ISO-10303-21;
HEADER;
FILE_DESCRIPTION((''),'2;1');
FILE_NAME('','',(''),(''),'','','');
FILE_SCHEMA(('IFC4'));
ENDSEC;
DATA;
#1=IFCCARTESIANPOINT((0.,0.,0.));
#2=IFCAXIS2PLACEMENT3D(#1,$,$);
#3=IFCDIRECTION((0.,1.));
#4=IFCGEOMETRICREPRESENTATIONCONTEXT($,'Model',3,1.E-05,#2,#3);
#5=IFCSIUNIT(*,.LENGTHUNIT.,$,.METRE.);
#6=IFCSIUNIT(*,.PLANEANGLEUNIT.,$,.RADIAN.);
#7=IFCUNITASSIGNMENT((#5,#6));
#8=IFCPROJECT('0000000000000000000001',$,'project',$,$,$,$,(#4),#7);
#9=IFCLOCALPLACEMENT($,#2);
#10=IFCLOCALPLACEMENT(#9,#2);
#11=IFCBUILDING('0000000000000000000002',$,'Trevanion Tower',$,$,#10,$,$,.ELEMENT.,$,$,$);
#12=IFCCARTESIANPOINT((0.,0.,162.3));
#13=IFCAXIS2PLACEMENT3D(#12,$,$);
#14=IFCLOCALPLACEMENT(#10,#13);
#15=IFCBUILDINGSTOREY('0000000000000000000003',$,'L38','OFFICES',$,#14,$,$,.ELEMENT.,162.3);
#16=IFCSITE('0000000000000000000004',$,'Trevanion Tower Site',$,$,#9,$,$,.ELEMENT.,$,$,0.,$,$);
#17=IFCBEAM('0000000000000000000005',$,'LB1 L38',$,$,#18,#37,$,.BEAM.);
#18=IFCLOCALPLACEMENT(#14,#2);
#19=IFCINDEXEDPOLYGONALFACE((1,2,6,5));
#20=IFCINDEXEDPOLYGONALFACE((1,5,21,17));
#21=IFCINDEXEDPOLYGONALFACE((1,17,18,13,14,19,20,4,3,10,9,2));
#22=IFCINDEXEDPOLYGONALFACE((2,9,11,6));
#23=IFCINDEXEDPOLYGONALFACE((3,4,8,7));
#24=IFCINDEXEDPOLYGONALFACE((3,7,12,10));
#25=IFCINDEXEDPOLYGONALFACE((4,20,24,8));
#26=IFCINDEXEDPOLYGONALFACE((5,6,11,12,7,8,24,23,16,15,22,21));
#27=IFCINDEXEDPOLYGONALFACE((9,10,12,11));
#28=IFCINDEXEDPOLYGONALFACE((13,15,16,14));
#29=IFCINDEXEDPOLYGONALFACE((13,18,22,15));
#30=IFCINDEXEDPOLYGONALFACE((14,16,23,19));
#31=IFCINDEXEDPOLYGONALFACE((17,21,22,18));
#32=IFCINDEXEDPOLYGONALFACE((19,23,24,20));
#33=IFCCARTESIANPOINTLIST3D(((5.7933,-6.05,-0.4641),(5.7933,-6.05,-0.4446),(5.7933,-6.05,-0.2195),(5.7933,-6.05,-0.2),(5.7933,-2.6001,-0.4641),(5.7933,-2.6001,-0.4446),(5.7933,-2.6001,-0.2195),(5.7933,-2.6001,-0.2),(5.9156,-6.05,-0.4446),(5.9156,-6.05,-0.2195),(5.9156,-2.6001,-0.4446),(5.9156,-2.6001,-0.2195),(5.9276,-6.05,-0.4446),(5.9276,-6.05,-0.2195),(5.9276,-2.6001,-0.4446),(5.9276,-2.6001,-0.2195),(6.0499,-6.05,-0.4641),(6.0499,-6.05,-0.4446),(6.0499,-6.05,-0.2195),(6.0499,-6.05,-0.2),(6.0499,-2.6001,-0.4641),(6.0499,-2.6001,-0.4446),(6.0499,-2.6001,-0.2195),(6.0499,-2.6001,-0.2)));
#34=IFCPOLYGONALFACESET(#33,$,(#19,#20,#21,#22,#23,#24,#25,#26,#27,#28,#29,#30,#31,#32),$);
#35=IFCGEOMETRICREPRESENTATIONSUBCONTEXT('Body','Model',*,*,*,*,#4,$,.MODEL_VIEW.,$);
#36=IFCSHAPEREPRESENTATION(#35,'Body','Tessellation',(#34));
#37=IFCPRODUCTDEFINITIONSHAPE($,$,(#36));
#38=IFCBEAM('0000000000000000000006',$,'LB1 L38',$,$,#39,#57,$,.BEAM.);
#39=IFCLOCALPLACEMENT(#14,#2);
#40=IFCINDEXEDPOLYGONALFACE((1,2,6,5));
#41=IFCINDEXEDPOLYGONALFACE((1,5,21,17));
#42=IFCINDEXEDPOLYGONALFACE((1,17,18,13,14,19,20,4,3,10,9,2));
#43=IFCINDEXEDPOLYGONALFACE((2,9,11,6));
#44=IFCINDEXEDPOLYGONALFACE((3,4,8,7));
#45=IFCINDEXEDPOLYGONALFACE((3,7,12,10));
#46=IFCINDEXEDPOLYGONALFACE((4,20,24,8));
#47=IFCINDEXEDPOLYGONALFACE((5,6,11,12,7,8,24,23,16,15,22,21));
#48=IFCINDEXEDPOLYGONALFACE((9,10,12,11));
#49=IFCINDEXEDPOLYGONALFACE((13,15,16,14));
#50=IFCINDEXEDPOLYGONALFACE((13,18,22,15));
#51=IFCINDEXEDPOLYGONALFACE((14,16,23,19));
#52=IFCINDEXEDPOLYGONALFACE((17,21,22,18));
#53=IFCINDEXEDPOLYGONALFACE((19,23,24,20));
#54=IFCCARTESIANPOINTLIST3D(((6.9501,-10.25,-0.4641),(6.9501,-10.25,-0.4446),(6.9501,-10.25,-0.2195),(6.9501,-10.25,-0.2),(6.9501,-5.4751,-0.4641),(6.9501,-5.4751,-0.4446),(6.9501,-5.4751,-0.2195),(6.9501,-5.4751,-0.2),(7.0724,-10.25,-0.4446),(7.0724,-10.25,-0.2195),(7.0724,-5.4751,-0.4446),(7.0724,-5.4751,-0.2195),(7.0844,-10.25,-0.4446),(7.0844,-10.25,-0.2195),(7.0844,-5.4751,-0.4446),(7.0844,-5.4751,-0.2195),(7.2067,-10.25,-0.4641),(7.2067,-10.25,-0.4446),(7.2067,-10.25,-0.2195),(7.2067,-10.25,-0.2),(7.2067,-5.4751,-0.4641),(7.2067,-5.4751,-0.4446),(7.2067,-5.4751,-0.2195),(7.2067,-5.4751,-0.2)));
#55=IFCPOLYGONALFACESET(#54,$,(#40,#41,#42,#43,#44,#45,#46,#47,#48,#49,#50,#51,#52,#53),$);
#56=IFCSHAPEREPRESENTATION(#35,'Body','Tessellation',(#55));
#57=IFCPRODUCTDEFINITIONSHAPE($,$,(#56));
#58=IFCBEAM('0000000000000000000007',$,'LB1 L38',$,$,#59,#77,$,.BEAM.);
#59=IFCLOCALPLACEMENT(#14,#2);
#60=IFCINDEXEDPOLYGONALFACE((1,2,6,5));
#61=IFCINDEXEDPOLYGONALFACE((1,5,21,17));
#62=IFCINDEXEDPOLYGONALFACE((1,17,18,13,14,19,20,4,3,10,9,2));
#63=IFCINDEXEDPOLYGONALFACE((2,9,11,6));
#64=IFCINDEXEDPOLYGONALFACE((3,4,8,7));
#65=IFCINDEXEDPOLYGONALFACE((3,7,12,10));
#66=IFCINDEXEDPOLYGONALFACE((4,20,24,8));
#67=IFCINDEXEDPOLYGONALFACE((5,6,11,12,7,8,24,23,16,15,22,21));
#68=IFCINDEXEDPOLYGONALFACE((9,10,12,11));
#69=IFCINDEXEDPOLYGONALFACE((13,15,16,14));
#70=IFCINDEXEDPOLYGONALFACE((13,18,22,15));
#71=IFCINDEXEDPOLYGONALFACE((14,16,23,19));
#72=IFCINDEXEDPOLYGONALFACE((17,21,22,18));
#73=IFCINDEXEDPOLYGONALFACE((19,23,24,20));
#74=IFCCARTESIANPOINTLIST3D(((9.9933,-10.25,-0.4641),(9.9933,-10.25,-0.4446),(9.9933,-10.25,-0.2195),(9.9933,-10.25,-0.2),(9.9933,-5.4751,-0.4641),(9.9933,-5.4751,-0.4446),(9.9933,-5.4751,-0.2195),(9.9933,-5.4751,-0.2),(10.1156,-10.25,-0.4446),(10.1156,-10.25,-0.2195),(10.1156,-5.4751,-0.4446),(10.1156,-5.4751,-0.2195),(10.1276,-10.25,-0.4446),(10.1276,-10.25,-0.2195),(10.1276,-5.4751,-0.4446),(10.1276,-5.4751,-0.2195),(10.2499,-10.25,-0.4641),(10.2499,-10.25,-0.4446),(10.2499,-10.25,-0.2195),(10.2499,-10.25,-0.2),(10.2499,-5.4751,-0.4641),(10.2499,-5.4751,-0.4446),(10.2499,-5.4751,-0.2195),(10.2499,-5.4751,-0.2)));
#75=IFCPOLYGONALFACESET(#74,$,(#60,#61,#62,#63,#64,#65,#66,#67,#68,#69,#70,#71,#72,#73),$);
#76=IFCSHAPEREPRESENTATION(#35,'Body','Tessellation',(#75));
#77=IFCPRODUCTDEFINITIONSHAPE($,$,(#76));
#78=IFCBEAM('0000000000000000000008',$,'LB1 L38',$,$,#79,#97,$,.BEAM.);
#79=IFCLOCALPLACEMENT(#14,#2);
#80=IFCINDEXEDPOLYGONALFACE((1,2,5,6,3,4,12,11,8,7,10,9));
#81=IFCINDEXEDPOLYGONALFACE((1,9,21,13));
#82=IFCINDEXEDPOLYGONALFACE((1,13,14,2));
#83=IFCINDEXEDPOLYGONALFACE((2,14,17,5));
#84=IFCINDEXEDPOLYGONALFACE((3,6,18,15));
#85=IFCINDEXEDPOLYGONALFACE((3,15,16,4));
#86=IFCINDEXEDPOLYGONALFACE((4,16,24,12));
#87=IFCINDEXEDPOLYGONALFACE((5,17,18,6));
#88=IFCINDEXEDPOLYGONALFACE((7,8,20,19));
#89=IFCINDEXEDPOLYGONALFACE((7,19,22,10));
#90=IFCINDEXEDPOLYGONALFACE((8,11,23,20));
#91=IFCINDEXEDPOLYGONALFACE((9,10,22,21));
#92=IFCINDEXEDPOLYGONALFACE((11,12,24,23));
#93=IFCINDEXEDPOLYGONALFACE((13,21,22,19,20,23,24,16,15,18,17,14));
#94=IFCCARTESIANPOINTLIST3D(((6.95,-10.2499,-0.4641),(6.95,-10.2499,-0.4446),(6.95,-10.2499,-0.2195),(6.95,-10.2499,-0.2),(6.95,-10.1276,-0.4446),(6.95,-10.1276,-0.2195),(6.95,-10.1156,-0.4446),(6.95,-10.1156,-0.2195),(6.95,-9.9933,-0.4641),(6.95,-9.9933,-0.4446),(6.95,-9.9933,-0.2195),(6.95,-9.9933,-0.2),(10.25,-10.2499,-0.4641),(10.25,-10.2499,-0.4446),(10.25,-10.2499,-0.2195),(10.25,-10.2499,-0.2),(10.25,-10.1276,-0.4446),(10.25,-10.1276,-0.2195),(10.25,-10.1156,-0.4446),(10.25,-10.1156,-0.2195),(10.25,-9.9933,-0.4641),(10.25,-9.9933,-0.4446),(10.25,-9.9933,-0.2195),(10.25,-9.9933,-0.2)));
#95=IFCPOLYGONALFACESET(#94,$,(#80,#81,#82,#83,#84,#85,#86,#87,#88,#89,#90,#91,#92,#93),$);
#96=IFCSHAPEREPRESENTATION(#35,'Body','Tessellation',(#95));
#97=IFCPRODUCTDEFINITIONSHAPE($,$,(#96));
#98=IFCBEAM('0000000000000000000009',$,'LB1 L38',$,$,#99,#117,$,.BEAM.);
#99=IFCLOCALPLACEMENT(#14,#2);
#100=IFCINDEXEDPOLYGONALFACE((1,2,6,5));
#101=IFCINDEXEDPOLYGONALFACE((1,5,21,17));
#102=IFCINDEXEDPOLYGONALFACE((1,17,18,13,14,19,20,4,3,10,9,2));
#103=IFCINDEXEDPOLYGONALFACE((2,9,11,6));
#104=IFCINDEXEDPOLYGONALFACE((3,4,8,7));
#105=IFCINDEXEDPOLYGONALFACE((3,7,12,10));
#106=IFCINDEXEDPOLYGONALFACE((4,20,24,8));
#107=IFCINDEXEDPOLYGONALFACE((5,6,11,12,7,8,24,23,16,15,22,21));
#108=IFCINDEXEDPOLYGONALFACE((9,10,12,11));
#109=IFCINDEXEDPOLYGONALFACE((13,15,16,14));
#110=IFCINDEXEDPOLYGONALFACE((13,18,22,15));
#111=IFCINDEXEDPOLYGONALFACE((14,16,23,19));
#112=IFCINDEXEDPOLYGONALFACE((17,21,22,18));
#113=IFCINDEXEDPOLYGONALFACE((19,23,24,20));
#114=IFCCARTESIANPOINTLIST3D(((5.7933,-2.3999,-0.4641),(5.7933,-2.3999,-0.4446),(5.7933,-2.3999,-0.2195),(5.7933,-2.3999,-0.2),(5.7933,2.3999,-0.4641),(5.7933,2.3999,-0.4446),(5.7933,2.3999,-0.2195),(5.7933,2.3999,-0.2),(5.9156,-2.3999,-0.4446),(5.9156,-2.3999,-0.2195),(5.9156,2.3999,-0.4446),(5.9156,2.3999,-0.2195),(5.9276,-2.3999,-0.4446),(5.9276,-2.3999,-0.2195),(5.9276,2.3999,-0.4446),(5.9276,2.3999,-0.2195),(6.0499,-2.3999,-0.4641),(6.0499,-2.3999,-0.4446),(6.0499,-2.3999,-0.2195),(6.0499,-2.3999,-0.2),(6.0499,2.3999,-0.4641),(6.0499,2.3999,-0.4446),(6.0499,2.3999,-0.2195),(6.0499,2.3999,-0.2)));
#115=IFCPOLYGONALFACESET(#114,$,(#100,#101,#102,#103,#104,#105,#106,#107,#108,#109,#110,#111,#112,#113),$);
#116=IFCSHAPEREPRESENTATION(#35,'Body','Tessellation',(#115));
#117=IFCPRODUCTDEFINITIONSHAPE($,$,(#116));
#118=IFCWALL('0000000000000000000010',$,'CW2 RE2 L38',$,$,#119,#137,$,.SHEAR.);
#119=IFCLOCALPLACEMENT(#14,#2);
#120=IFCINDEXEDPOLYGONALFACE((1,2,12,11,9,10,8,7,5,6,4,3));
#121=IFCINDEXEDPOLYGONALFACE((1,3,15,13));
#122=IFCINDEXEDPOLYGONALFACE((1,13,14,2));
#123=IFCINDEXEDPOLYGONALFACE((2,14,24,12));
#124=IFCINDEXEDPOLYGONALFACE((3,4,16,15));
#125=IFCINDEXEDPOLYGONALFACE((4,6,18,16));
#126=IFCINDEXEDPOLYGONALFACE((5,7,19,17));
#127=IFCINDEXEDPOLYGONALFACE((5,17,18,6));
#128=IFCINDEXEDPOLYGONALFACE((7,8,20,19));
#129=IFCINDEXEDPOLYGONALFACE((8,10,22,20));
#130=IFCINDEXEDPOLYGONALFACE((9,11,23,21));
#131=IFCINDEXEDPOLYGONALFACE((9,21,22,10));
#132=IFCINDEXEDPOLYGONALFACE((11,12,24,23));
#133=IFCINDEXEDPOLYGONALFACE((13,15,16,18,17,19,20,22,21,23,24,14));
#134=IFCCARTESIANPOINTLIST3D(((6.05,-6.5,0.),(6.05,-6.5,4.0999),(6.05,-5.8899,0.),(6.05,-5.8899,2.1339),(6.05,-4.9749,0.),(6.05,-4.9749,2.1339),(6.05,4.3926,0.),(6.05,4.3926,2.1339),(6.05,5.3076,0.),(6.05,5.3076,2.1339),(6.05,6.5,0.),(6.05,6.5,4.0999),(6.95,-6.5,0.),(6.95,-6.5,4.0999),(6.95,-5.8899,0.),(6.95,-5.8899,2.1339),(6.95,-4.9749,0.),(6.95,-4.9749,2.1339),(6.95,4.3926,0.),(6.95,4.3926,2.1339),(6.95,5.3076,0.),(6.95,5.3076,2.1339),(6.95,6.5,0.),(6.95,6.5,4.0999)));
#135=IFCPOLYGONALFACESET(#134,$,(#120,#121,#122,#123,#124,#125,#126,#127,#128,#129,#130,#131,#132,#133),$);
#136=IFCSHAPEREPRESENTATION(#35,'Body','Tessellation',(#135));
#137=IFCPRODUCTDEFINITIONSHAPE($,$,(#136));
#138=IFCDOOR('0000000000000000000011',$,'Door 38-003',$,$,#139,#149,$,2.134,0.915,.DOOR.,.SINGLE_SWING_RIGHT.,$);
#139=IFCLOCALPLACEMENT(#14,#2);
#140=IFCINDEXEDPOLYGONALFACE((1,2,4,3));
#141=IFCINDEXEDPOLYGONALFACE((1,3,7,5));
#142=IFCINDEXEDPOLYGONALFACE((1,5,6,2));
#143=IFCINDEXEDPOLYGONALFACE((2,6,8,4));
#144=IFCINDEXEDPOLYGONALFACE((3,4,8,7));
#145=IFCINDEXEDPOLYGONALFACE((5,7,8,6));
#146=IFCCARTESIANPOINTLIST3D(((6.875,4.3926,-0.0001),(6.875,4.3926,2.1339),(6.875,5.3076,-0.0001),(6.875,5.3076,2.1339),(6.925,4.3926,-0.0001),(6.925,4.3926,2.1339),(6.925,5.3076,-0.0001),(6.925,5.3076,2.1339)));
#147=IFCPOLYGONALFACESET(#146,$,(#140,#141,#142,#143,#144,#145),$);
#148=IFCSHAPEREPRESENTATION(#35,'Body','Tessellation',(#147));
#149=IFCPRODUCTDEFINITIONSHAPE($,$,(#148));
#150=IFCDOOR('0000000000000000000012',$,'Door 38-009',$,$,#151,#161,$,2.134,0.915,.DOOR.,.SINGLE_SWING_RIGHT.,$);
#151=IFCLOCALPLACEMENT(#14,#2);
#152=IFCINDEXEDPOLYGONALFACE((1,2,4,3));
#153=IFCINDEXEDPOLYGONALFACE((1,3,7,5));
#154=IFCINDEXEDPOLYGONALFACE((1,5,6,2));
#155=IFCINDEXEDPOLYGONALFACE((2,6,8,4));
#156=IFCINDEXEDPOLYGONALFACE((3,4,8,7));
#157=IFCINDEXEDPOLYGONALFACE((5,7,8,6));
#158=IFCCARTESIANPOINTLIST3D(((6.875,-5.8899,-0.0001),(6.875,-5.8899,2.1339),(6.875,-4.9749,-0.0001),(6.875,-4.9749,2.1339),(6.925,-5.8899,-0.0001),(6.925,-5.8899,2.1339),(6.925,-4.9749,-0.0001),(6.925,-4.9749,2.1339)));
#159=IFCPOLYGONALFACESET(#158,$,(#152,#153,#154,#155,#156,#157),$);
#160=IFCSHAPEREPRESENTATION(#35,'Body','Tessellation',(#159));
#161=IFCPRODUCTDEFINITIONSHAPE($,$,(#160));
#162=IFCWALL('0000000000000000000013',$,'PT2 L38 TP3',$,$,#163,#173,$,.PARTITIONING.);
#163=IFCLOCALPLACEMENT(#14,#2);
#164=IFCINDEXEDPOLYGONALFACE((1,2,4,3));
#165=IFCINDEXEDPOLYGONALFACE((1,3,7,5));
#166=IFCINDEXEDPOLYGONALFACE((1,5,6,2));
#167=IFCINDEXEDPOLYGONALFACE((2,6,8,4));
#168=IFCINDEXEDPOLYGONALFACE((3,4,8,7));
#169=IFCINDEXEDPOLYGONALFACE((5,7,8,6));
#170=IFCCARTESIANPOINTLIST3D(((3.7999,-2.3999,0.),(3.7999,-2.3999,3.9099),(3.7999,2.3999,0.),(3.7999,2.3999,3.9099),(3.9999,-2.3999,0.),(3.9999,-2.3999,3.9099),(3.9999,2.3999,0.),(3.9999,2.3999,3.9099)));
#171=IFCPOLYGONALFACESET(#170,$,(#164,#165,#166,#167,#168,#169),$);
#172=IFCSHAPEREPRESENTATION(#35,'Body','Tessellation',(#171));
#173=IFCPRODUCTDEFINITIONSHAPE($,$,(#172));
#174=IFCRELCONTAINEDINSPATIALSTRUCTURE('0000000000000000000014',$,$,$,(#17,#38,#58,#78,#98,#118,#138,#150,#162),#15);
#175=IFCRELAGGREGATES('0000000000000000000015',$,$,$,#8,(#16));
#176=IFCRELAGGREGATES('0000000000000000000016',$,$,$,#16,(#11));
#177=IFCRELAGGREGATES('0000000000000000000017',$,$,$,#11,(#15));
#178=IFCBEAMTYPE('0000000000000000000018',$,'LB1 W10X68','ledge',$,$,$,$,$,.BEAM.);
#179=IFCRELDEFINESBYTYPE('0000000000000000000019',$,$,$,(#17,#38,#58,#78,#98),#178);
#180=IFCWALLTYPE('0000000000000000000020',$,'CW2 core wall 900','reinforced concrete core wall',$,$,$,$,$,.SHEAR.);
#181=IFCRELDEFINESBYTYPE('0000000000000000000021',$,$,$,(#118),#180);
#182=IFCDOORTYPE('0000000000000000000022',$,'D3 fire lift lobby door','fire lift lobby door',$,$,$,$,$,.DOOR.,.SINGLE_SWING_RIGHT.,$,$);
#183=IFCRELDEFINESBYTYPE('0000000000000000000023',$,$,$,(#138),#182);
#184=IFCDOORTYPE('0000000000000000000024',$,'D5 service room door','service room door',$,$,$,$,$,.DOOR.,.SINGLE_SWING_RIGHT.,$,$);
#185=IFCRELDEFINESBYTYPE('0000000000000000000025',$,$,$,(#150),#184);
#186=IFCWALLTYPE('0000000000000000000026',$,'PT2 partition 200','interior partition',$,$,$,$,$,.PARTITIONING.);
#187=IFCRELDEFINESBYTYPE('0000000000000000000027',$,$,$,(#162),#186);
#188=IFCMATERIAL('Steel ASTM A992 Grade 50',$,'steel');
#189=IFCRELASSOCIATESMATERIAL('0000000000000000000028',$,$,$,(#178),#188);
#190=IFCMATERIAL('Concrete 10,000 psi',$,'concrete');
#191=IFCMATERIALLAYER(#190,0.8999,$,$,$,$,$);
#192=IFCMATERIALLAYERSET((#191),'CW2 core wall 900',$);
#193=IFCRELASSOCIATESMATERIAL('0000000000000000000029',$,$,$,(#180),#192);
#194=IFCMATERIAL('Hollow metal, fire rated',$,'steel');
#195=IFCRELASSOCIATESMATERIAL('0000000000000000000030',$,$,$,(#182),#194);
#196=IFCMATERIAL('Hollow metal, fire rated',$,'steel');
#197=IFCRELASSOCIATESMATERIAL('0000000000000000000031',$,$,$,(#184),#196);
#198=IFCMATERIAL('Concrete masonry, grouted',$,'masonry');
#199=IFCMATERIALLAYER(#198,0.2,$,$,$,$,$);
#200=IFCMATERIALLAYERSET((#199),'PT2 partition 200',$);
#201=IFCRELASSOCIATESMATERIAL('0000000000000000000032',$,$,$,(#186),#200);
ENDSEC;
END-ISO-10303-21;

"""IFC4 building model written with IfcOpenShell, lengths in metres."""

from ifc_helpers import new_model, si_unit, direction, frame, frame_2d, origin, origin_2d, place, context, subcontext, project, spatial, rectangle, i_section, extrude, material, layer, layer_set, material_profile, profile_set, type_object, element, fill, save


model = new_model("IFC4")

# Units and contexts
model_context = context("Model", 3, precision=1e-05, world=origin(), true_north=direction((0.0, 1.0)))
body_context = subcontext(model_context, "Body", "Model", "MODEL_VIEW")
ifc_project = project(units=[si_unit("LENGTHUNIT", "METRE"), si_unit("PLANEANGLEUNIT", "RADIAN")], contexts=[model_context])

# Site, building, storey
site_placement = place(None, origin())
site = spatial("IfcSite", under=ifc_project, at=site_placement, Name="Trevanion Tower Site", CompositionType="ELEMENT", RefElevation=0.0)
building_placement = place(site_placement, origin())
building = spatial("IfcBuilding", under=site, at=building_placement, Name="Trevanion Tower", CompositionType="ELEMENT")
storey_placement = place(building_placement, frame((0.0, 0.0, 162.3)))
storey = spatial("IfcBuildingStorey", under=building, at=storey_placement, Name="L38", Description="OFFICES", CompositionType="ELEMENT", Elevation=162.3)

# Beams
ifc_material_1 = material(Name="Steel ASTM A992 Grade 50", Category="steel")
ifc_material_profile = material_profile(ifc_material_1, i_section(OverallWidth=0.2566, OverallDepth=0.2642, WebThickness=0.012, FlangeThickness=0.0195, at=origin_2d()), Name="W10X68")
ifc_profile_set = profile_set([ifc_material_profile], Name="Steel ASTM A992 Grade 50")
beam_type = type_object("IfcBeamType", Name="LB1 W10X68", Description="ledge", PredefinedType="BEAM", material=ifc_profile_set)
beam_1_placement = place(storey_placement, frame((5.9216, -6.05, -0.332), z_axis=(0.0, 1.0, 0.0), x_axis=(-1.0, 0.0, 0.0)))
element("IfcBeam", 1, at=beam_1_placement, inside=storey, type_object=beam_type, Name="LB1 L38", PredefinedType="BEAM", context=body_context, shape_type="SweptSolid", body=[
    extrude(i_section(OverallWidth=0.2566, OverallDepth=0.2642, WebThickness=0.012, FlangeThickness=0.0195, at=origin_2d()), origin(), (0.0, 0.0, 1.0), 3.45),
])
for number, where, z_axis, x_axis, name in (
    (2, (7.0784, -10.25, -0.332), (0.0, 1.0, 0.0), (-1.0, 0.0, 0.0), "LB1 L38"),
    (3, (10.1216, -10.25, -0.332), (0.0, 1.0, 0.0), (-1.0, 0.0, 0.0), "LB1 L38"),
):
    element("IfcBeam", number, at=place(storey_placement, frame(where, z_axis=z_axis, x_axis=x_axis)), inside=storey, type_object=beam_type, Name=name, PredefinedType="BEAM", context=body_context, shape_type="SweptSolid", body=[
        extrude(i_section(OverallWidth=0.2566, OverallDepth=0.2642, WebThickness=0.012, FlangeThickness=0.0195, at=origin_2d()), origin(), (0.0, 0.0, 1.0), 4.7749),
    ])
beam_2_placement = place(storey_placement, frame((6.95, -10.1216, -0.332), z_axis=(1.0, 0.0, 0.0), x_axis=(0.0, 1.0, 0.0)))
element("IfcBeam", 4, at=beam_2_placement, inside=storey, type_object=beam_type, Name="LB1 L38", PredefinedType="BEAM", context=body_context, shape_type="SweptSolid", body=[
    extrude(i_section(OverallWidth=0.2566, OverallDepth=0.2642, WebThickness=0.012, FlangeThickness=0.0195, at=origin_2d()), origin(), (0.0, 0.0, 1.0), 3.3),
])
beam_3_placement = place(storey_placement, frame((5.9216, -2.3999, -0.332), z_axis=(0.0, 1.0, 0.0), x_axis=(-1.0, 0.0, 0.0)))
element("IfcBeam", 5, at=beam_3_placement, inside=storey, type_object=beam_type, Name="LB1 L38", PredefinedType="BEAM", context=body_context, shape_type="SweptSolid", body=[
    extrude(i_section(OverallWidth=0.2566, OverallDepth=0.2642, WebThickness=0.012, FlangeThickness=0.0195, at=origin_2d()), origin(), (0.0, 0.0, 1.0), 4.7998),
])

# Wall, openings, doors
ifc_material_2 = material(Name="Concrete 10,000 psi", Category="concrete")
ifc_layer_1 = layer(ifc_material_2, 0.8999)
ifc_layer_set_1 = layer_set([ifc_layer_1], Name="CW2 core wall 900")
wall_type_1 = type_object("IfcWallType", Name="CW2 core wall 900", Description="reinforced concrete core wall", PredefinedType="SHEAR", material=ifc_layer_set_1)
wall_1_placement = place(storey_placement, frame((6.5, -6.5, 0.0), z_axis=(0.0, 0.0, 1.0), x_axis=(0.0, 1.0, 0.0)))
wall_1 = element("IfcWall", 6, at=wall_1_placement, inside=storey, type_object=wall_type_1, Name="CW2 RE2 L38", PredefinedType="SHEAR", context=body_context, shape_type="SweptSolid", body=[
    extrude(rectangle(XDim=13.0, YDim=0.8999, at=frame_2d((6.5, 0.0))), origin(), (0.0, 0.0, 1.0), 4.0999),
])
opening_1_placement = place(wall_1_placement, frame((10.8926, 0.0, 0.0)))
opening_1 = element("IfcOpeningElement", 7, at=opening_1_placement, cuts=wall_1, PredefinedType="OPENING", context=body_context, shape_type="SweptSolid", body=[
    extrude(rectangle(XDim=0.915, YDim=2.134, at=frame_2d((0.4575, 1.0669))), frame((0.0, 0.46, 0.0), z_axis=(0.0, -1.0, 0.0), x_axis=(1.0, 0.0, 0.0)), (0.0, 0.0, 1.0), 0.9199),
])
opening_2_placement = place(wall_1_placement, frame((0.6101, 0.0, 0.0)))
opening_2 = element("IfcOpeningElement", 8, at=opening_2_placement, cuts=wall_1, PredefinedType="OPENING", context=body_context, shape_type="SweptSolid", body=[
    extrude(rectangle(XDim=0.915, YDim=2.134, at=frame_2d((0.4575, 1.0669))), frame((0.0, 0.46, 0.0), z_axis=(0.0, -1.0, 0.0), x_axis=(1.0, 0.0, 0.0)), (0.0, 0.0, 1.0), 0.9199),
])
ifc_material_3 = material(Name="Hollow metal, fire rated", Category="steel")
door_type_1 = type_object("IfcDoorType", Name="D3 fire lift lobby door", Description="fire lift lobby door", OperationType="SINGLE_SWING_RIGHT", PredefinedType="DOOR", material=ifc_material_3)
door_1_placement = place(opening_1_placement, origin())
door_1 = element("IfcDoor", 9, at=door_1_placement, inside=storey, type_object=door_type_1, Name="Door 38-003", OperationType="SINGLE_SWING_RIGHT", OverallHeight=2.134, OverallWidth=0.915, PredefinedType="DOOR", context=body_context, shape_type="SweptSolid", body=[
    extrude(rectangle(XDim=0.915, YDim=2.134, at=frame_2d((0.4575, 1.0669))), frame((0.0, -0.375, 0.0), z_axis=(0.0, -1.0, 0.0), x_axis=(1.0, 0.0, 0.0)), (0.0, 0.0, 1.0), 0.05),
])
fill(opening_1, door_1)
ifc_material_4 = material(Name="Hollow metal, fire rated", Category="steel")
door_type_2 = type_object("IfcDoorType", Name="D5 service room door", Description="service room door", OperationType="SINGLE_SWING_RIGHT", PredefinedType="DOOR", material=ifc_material_4)
door_2_placement = place(opening_2_placement, origin())
door_2 = element("IfcDoor", 10, at=door_2_placement, inside=storey, type_object=door_type_2, Name="Door 38-009", OperationType="SINGLE_SWING_RIGHT", OverallHeight=2.134, OverallWidth=0.915, PredefinedType="DOOR", context=body_context, shape_type="SweptSolid", body=[
    extrude(rectangle(XDim=0.915, YDim=2.134, at=frame_2d((0.4575, 1.0669))), frame((0.0, -0.375, 0.0), z_axis=(0.0, -1.0, 0.0), x_axis=(1.0, 0.0, 0.0)), (0.0, 0.0, 1.0), 0.05),
])
fill(opening_2, door_2)

# Wall
ifc_material_5 = material(Name="Concrete masonry, grouted", Category="masonry")
ifc_layer_2 = layer(ifc_material_5, 0.2)
ifc_layer_set_2 = layer_set([ifc_layer_2], Name="PT2 partition 200")
wall_type_2 = type_object("IfcWallType", Name="PT2 partition 200", Description="interior partition", PredefinedType="PARTITIONING", material=ifc_layer_set_2)
wall_2_placement = place(storey_placement, frame((3.8999, -2.3999, 0.0), z_axis=(0.0, 0.0, 1.0), x_axis=(0.0, 1.0, 0.0)))
element("IfcWall", 11, at=wall_2_placement, inside=storey, type_object=wall_type_2, Name="PT2 L38 TP3", PredefinedType="PARTITIONING", context=body_context, shape_type="SweptSolid", body=[
    extrude(rectangle(XDim=4.7998, YDim=0.2, at=frame_2d((2.3999, 0.0))), origin(), (0.0, 0.0, 1.0), 3.9099),
])

save(model, "model.ifc")
